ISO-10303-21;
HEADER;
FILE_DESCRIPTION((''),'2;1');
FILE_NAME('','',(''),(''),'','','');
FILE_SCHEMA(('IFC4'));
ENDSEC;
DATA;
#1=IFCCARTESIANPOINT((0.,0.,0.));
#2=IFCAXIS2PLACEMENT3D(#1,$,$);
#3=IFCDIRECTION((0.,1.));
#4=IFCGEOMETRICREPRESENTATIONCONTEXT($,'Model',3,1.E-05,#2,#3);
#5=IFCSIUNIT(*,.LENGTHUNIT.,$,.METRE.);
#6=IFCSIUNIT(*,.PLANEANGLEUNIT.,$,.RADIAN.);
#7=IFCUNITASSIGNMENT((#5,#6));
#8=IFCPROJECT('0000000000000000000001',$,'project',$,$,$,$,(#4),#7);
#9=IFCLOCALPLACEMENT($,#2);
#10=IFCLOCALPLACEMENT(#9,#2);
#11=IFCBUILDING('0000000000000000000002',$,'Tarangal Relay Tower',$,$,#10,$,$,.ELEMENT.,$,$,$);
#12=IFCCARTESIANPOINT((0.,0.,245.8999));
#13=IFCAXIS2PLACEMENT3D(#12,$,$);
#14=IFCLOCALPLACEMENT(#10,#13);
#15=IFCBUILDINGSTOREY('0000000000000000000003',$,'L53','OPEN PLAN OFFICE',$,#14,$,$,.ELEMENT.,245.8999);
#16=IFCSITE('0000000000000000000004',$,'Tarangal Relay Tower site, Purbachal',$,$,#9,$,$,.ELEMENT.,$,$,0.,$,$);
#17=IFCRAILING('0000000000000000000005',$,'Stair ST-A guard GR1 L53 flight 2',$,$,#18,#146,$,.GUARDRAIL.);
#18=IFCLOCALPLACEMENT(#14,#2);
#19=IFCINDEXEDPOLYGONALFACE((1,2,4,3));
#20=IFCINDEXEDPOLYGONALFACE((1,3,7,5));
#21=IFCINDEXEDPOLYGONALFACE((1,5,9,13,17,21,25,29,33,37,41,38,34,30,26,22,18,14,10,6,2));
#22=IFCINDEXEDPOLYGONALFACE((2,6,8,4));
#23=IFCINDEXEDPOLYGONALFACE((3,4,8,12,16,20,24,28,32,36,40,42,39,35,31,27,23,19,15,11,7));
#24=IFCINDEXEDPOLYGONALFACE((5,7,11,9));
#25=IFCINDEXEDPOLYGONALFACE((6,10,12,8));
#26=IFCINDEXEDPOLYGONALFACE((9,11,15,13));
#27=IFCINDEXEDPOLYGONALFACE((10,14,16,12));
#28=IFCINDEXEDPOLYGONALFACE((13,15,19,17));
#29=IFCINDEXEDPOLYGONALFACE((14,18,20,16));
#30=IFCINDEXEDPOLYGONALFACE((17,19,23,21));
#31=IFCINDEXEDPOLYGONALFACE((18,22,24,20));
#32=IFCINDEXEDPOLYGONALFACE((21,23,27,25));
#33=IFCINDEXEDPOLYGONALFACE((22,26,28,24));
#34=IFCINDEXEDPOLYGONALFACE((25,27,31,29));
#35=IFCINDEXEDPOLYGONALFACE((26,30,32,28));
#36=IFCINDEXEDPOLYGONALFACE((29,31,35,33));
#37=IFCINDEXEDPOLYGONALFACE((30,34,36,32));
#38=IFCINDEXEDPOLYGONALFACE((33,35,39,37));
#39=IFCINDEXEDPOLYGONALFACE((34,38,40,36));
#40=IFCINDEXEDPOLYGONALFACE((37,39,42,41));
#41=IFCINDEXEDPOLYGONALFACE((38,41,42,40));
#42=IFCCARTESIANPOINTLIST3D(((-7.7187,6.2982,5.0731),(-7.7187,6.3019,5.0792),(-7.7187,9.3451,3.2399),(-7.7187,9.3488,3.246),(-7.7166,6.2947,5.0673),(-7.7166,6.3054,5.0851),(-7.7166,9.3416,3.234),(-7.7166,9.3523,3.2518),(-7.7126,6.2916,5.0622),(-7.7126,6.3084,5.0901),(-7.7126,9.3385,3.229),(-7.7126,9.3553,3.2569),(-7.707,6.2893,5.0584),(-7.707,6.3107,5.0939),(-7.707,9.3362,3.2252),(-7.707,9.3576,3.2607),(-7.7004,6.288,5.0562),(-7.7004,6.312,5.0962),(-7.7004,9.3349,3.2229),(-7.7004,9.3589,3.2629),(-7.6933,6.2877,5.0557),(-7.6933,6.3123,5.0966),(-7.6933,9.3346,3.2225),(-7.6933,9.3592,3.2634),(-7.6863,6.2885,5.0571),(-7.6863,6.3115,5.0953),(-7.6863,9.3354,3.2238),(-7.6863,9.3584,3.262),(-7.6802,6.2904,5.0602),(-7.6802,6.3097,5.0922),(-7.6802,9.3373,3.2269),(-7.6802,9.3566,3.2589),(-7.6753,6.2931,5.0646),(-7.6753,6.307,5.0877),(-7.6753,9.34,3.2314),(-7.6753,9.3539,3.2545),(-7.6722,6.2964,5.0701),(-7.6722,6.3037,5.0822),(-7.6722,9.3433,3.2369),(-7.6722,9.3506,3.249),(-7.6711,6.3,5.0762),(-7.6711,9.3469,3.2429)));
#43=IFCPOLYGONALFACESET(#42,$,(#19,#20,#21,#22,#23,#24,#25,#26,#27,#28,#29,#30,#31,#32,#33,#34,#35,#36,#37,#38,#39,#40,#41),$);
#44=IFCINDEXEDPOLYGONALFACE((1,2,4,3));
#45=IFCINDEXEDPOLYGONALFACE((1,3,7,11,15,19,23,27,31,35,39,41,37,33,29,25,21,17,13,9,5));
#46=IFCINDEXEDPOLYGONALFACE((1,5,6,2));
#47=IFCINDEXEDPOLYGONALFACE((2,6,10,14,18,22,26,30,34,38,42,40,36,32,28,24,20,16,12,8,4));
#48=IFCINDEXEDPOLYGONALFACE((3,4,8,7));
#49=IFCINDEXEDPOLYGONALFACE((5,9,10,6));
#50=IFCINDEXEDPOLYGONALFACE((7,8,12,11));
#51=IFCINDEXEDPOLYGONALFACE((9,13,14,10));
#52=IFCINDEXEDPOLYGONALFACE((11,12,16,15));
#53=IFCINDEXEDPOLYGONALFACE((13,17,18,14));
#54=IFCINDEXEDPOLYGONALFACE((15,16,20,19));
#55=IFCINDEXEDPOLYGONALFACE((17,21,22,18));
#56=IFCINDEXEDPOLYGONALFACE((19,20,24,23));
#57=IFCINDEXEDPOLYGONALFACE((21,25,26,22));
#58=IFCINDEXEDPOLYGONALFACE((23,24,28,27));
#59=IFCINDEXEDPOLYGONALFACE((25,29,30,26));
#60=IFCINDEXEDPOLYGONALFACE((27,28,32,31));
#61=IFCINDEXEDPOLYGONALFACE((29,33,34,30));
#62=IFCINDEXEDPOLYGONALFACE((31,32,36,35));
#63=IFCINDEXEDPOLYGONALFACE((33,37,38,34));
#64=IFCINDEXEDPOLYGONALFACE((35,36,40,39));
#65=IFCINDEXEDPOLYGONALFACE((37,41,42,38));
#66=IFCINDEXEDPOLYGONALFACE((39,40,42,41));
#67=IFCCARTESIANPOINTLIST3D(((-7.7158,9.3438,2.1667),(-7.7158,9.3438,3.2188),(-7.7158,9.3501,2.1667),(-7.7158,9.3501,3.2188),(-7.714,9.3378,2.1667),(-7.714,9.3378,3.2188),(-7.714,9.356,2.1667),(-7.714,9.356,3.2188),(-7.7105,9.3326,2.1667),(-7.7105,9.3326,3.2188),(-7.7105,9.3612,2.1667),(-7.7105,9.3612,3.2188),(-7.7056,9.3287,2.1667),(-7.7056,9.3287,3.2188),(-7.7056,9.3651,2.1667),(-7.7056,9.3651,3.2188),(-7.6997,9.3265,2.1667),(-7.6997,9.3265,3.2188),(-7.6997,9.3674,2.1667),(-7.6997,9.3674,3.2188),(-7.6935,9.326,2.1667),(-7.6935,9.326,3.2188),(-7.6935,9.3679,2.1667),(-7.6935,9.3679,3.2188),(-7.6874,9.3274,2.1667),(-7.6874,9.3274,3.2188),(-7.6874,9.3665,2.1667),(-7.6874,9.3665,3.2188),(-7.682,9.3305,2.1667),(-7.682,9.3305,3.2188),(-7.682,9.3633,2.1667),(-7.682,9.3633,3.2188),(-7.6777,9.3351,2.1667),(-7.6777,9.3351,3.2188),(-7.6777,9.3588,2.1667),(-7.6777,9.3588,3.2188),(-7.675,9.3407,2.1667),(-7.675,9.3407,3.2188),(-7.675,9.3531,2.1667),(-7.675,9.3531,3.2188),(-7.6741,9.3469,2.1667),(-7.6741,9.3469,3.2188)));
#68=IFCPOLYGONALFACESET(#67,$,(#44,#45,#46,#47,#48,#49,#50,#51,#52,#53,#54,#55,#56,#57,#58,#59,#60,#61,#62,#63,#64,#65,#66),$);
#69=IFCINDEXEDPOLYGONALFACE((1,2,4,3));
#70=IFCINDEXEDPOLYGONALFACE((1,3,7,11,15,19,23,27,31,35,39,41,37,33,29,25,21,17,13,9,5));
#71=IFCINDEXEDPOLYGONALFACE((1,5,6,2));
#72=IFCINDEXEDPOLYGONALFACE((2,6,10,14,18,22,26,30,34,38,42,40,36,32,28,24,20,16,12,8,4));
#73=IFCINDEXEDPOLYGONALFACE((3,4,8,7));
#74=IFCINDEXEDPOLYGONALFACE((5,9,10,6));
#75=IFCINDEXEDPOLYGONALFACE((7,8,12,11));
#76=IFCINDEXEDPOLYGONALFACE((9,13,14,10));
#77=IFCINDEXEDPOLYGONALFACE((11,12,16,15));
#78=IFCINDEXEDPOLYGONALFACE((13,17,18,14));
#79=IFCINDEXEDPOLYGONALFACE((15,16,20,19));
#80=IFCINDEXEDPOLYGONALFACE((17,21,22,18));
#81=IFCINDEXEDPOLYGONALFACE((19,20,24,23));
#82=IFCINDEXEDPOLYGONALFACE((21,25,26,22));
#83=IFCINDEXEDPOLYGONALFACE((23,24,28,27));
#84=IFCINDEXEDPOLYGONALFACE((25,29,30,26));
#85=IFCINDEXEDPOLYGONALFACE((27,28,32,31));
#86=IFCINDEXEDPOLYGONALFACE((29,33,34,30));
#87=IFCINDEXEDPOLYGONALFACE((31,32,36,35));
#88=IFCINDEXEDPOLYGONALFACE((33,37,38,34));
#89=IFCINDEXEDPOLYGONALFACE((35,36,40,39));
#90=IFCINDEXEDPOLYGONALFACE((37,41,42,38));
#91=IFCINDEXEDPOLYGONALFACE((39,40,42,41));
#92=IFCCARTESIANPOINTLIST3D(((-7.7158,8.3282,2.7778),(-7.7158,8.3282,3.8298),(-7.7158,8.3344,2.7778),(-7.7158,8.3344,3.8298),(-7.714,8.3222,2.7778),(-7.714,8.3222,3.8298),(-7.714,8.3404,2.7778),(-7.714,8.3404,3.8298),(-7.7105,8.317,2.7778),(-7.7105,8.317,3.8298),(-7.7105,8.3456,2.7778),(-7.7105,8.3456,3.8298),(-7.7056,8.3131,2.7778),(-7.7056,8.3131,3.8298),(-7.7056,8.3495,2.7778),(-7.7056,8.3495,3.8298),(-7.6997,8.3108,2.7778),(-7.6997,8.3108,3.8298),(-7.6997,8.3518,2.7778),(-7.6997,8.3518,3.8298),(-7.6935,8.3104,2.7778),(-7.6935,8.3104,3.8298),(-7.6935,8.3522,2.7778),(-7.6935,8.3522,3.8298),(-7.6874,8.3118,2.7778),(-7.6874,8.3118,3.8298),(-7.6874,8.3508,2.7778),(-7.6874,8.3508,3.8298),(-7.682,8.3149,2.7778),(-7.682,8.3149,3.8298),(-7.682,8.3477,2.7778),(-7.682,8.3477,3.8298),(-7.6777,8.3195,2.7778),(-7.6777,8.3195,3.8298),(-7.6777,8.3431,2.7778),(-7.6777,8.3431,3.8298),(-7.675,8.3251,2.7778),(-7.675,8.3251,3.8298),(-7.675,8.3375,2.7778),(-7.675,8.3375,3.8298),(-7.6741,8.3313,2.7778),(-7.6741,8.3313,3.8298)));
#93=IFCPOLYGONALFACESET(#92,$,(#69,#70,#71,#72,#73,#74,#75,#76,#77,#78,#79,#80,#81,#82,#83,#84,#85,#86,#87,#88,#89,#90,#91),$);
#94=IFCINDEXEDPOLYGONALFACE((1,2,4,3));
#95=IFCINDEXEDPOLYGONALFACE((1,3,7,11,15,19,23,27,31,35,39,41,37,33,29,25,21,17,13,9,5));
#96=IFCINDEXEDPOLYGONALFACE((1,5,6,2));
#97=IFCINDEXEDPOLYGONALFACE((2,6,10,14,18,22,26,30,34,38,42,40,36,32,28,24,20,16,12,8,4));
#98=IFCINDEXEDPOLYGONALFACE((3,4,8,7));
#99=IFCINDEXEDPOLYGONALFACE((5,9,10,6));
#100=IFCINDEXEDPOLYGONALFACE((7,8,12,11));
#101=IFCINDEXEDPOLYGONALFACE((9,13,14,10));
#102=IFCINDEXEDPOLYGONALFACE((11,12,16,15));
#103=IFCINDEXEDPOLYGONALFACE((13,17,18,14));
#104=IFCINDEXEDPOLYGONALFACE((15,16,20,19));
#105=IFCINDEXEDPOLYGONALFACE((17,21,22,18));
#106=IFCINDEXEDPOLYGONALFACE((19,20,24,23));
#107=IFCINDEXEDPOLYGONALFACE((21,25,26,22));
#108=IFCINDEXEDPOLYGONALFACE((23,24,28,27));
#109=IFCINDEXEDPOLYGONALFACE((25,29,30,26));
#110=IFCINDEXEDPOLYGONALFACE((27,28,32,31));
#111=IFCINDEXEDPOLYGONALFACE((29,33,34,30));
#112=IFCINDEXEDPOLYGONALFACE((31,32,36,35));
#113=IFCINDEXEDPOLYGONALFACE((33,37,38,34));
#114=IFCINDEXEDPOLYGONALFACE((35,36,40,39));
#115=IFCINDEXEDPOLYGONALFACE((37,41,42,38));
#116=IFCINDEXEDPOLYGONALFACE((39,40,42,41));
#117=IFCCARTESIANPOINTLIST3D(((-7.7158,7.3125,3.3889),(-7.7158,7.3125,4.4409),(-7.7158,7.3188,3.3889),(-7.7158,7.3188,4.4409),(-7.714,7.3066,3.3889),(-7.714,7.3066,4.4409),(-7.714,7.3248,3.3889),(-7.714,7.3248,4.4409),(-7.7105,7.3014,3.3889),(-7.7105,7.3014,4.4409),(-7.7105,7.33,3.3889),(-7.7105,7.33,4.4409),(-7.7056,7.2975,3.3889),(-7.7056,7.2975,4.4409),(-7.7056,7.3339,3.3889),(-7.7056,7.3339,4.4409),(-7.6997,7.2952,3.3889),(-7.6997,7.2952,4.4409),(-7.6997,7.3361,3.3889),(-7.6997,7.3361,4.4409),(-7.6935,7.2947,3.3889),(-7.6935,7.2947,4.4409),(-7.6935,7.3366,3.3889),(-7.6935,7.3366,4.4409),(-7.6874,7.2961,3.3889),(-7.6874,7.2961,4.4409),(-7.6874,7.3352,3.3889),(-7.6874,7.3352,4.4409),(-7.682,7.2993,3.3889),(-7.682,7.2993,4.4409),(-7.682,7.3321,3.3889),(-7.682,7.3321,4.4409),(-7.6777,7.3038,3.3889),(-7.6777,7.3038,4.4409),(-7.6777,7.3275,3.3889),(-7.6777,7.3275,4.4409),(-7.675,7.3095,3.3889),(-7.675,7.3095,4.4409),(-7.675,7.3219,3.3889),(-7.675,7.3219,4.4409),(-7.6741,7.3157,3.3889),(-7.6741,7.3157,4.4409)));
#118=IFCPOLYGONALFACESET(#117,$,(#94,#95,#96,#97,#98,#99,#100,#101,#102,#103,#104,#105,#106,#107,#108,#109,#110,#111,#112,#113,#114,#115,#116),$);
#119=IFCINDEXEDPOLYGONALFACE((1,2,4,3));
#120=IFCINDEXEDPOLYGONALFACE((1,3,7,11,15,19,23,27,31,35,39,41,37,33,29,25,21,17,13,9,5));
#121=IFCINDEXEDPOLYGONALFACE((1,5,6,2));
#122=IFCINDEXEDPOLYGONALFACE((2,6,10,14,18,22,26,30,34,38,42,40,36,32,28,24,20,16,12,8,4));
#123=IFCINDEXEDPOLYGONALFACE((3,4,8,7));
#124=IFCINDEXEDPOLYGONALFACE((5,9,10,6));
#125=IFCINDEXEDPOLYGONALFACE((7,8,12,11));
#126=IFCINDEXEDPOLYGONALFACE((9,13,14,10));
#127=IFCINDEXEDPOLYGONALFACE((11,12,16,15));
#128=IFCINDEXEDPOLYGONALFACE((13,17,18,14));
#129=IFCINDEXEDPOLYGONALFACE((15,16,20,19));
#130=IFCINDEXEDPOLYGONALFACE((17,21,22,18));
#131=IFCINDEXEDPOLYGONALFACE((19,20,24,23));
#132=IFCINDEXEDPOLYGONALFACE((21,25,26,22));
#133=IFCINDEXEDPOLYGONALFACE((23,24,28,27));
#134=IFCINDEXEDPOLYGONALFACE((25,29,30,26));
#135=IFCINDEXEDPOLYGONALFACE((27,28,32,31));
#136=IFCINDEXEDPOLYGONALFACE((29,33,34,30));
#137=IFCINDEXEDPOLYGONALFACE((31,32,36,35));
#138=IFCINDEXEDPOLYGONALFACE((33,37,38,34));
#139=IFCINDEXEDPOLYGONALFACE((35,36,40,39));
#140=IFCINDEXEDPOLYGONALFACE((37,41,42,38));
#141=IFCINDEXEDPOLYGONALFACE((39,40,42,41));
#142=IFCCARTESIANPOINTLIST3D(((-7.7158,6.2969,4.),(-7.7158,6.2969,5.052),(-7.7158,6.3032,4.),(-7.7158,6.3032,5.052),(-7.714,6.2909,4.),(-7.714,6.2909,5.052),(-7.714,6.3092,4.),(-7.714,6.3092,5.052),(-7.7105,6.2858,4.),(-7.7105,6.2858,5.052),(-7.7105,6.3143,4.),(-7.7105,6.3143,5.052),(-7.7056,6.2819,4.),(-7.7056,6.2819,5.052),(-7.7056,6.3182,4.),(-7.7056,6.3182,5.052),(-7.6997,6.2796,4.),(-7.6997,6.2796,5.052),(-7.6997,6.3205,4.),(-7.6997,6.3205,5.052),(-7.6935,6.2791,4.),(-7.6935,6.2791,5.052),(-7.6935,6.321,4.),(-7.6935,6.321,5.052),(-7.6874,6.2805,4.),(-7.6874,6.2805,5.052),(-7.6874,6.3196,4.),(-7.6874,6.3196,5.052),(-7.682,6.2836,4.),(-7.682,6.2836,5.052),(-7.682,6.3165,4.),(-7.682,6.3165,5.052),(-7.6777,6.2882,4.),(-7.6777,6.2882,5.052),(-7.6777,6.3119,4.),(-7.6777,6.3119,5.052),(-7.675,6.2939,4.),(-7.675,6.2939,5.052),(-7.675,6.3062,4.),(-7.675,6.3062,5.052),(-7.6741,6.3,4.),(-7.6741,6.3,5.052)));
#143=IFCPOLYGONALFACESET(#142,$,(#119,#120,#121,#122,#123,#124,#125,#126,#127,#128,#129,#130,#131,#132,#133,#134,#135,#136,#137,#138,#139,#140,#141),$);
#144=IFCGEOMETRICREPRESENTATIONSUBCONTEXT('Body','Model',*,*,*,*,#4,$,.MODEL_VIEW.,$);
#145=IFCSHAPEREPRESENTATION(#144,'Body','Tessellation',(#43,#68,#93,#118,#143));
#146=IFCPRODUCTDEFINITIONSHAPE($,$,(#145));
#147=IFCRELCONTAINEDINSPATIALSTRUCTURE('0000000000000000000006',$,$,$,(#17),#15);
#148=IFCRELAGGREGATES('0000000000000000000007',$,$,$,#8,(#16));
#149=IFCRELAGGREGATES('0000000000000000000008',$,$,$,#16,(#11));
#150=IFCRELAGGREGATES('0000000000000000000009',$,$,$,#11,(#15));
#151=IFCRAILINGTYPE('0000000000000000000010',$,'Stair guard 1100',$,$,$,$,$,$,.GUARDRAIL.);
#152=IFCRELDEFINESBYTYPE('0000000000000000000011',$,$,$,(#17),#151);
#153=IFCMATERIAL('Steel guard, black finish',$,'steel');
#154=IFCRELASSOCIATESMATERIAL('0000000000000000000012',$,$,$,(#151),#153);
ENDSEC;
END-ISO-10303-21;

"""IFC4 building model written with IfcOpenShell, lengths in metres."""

from ifc_helpers import new_model, si_unit, direction, frame, origin, origin_2d, place, context, subcontext, project, spatial, circle, extrude, material, type_object, element, save


model = new_model("IFC4")

# Units and contexts
model_context = context("Model", 3, precision=1e-05, world=origin(), true_north=direction((0.0, 1.0)))
body_context = subcontext(model_context, "Body", "Model", "MODEL_VIEW")
ifc_project = project(units=[si_unit("LENGTHUNIT", "METRE"), si_unit("PLANEANGLEUNIT", "RADIAN")], contexts=[model_context])

# Site, building, storey
site_placement = place(None, origin())
site = spatial("IfcSite", under=ifc_project, at=site_placement, Name="Tarangal Relay Tower site, Purbachal", CompositionType="ELEMENT", RefElevation=0.0)
building_placement = place(site_placement, origin())
building = spatial("IfcBuilding", under=site, at=building_placement, Name="Tarangal Relay Tower", CompositionType="ELEMENT")
storey_placement = place(building_placement, frame((0.0, 0.0, 245.8999)))
storey = spatial("IfcBuildingStorey", under=building, at=storey_placement, Name="L53", Description="OPEN PLAN OFFICE", CompositionType="ELEMENT", Elevation=245.8999)

# Railing
ifc_material_1 = material(Name="Steel guard, black finish", Category="steel")
railing_type_1 = type_object("IfcRailingType", Name="Stair guard 1100", PredefinedType="GUARDRAIL", material=ifc_material_1)
railing_1_placement = place(storey_placement, frame((-7.6951, 9.3469, 2.1667)))
element("IfcRailing", 1, at=railing_1_placement, inside=storey, type_object=railing_type_1, Name="Stair ST-A guard GR1 L53 flight 2", PredefinedType="GUARDRAIL", context=body_context, shape_type="SweptSolid", body=[
    extrude(circle(Radius=0.0239, at=origin_2d()), frame((0.0, 0.0, 1.0762), z_axis=(0.0, -0.856856, 0.515556), x_axis=(1.0, 0.0, 0.0)), (0.0, 0.0, 1.0), 3.5559),
    extrude(circle(Radius=0.021, at=origin_2d()), origin(), (0.0, 0.0, 1.0), 1.052),
    extrude(circle(Radius=0.021, at=origin_2d()), frame((0.0, -1.0156, 0.6111)), (0.0, 0.0, 1.0), 1.052),
    extrude(circle(Radius=0.021, at=origin_2d()), frame((0.0, -2.0312, 1.2222)), (0.0, 0.0, 1.0), 1.052),
    extrude(circle(Radius=0.021, at=origin_2d()), frame((0.0, -3.0469, 1.8333)), (0.0, 0.0, 1.0), 1.052),
])

save(model, "model.ifc")
